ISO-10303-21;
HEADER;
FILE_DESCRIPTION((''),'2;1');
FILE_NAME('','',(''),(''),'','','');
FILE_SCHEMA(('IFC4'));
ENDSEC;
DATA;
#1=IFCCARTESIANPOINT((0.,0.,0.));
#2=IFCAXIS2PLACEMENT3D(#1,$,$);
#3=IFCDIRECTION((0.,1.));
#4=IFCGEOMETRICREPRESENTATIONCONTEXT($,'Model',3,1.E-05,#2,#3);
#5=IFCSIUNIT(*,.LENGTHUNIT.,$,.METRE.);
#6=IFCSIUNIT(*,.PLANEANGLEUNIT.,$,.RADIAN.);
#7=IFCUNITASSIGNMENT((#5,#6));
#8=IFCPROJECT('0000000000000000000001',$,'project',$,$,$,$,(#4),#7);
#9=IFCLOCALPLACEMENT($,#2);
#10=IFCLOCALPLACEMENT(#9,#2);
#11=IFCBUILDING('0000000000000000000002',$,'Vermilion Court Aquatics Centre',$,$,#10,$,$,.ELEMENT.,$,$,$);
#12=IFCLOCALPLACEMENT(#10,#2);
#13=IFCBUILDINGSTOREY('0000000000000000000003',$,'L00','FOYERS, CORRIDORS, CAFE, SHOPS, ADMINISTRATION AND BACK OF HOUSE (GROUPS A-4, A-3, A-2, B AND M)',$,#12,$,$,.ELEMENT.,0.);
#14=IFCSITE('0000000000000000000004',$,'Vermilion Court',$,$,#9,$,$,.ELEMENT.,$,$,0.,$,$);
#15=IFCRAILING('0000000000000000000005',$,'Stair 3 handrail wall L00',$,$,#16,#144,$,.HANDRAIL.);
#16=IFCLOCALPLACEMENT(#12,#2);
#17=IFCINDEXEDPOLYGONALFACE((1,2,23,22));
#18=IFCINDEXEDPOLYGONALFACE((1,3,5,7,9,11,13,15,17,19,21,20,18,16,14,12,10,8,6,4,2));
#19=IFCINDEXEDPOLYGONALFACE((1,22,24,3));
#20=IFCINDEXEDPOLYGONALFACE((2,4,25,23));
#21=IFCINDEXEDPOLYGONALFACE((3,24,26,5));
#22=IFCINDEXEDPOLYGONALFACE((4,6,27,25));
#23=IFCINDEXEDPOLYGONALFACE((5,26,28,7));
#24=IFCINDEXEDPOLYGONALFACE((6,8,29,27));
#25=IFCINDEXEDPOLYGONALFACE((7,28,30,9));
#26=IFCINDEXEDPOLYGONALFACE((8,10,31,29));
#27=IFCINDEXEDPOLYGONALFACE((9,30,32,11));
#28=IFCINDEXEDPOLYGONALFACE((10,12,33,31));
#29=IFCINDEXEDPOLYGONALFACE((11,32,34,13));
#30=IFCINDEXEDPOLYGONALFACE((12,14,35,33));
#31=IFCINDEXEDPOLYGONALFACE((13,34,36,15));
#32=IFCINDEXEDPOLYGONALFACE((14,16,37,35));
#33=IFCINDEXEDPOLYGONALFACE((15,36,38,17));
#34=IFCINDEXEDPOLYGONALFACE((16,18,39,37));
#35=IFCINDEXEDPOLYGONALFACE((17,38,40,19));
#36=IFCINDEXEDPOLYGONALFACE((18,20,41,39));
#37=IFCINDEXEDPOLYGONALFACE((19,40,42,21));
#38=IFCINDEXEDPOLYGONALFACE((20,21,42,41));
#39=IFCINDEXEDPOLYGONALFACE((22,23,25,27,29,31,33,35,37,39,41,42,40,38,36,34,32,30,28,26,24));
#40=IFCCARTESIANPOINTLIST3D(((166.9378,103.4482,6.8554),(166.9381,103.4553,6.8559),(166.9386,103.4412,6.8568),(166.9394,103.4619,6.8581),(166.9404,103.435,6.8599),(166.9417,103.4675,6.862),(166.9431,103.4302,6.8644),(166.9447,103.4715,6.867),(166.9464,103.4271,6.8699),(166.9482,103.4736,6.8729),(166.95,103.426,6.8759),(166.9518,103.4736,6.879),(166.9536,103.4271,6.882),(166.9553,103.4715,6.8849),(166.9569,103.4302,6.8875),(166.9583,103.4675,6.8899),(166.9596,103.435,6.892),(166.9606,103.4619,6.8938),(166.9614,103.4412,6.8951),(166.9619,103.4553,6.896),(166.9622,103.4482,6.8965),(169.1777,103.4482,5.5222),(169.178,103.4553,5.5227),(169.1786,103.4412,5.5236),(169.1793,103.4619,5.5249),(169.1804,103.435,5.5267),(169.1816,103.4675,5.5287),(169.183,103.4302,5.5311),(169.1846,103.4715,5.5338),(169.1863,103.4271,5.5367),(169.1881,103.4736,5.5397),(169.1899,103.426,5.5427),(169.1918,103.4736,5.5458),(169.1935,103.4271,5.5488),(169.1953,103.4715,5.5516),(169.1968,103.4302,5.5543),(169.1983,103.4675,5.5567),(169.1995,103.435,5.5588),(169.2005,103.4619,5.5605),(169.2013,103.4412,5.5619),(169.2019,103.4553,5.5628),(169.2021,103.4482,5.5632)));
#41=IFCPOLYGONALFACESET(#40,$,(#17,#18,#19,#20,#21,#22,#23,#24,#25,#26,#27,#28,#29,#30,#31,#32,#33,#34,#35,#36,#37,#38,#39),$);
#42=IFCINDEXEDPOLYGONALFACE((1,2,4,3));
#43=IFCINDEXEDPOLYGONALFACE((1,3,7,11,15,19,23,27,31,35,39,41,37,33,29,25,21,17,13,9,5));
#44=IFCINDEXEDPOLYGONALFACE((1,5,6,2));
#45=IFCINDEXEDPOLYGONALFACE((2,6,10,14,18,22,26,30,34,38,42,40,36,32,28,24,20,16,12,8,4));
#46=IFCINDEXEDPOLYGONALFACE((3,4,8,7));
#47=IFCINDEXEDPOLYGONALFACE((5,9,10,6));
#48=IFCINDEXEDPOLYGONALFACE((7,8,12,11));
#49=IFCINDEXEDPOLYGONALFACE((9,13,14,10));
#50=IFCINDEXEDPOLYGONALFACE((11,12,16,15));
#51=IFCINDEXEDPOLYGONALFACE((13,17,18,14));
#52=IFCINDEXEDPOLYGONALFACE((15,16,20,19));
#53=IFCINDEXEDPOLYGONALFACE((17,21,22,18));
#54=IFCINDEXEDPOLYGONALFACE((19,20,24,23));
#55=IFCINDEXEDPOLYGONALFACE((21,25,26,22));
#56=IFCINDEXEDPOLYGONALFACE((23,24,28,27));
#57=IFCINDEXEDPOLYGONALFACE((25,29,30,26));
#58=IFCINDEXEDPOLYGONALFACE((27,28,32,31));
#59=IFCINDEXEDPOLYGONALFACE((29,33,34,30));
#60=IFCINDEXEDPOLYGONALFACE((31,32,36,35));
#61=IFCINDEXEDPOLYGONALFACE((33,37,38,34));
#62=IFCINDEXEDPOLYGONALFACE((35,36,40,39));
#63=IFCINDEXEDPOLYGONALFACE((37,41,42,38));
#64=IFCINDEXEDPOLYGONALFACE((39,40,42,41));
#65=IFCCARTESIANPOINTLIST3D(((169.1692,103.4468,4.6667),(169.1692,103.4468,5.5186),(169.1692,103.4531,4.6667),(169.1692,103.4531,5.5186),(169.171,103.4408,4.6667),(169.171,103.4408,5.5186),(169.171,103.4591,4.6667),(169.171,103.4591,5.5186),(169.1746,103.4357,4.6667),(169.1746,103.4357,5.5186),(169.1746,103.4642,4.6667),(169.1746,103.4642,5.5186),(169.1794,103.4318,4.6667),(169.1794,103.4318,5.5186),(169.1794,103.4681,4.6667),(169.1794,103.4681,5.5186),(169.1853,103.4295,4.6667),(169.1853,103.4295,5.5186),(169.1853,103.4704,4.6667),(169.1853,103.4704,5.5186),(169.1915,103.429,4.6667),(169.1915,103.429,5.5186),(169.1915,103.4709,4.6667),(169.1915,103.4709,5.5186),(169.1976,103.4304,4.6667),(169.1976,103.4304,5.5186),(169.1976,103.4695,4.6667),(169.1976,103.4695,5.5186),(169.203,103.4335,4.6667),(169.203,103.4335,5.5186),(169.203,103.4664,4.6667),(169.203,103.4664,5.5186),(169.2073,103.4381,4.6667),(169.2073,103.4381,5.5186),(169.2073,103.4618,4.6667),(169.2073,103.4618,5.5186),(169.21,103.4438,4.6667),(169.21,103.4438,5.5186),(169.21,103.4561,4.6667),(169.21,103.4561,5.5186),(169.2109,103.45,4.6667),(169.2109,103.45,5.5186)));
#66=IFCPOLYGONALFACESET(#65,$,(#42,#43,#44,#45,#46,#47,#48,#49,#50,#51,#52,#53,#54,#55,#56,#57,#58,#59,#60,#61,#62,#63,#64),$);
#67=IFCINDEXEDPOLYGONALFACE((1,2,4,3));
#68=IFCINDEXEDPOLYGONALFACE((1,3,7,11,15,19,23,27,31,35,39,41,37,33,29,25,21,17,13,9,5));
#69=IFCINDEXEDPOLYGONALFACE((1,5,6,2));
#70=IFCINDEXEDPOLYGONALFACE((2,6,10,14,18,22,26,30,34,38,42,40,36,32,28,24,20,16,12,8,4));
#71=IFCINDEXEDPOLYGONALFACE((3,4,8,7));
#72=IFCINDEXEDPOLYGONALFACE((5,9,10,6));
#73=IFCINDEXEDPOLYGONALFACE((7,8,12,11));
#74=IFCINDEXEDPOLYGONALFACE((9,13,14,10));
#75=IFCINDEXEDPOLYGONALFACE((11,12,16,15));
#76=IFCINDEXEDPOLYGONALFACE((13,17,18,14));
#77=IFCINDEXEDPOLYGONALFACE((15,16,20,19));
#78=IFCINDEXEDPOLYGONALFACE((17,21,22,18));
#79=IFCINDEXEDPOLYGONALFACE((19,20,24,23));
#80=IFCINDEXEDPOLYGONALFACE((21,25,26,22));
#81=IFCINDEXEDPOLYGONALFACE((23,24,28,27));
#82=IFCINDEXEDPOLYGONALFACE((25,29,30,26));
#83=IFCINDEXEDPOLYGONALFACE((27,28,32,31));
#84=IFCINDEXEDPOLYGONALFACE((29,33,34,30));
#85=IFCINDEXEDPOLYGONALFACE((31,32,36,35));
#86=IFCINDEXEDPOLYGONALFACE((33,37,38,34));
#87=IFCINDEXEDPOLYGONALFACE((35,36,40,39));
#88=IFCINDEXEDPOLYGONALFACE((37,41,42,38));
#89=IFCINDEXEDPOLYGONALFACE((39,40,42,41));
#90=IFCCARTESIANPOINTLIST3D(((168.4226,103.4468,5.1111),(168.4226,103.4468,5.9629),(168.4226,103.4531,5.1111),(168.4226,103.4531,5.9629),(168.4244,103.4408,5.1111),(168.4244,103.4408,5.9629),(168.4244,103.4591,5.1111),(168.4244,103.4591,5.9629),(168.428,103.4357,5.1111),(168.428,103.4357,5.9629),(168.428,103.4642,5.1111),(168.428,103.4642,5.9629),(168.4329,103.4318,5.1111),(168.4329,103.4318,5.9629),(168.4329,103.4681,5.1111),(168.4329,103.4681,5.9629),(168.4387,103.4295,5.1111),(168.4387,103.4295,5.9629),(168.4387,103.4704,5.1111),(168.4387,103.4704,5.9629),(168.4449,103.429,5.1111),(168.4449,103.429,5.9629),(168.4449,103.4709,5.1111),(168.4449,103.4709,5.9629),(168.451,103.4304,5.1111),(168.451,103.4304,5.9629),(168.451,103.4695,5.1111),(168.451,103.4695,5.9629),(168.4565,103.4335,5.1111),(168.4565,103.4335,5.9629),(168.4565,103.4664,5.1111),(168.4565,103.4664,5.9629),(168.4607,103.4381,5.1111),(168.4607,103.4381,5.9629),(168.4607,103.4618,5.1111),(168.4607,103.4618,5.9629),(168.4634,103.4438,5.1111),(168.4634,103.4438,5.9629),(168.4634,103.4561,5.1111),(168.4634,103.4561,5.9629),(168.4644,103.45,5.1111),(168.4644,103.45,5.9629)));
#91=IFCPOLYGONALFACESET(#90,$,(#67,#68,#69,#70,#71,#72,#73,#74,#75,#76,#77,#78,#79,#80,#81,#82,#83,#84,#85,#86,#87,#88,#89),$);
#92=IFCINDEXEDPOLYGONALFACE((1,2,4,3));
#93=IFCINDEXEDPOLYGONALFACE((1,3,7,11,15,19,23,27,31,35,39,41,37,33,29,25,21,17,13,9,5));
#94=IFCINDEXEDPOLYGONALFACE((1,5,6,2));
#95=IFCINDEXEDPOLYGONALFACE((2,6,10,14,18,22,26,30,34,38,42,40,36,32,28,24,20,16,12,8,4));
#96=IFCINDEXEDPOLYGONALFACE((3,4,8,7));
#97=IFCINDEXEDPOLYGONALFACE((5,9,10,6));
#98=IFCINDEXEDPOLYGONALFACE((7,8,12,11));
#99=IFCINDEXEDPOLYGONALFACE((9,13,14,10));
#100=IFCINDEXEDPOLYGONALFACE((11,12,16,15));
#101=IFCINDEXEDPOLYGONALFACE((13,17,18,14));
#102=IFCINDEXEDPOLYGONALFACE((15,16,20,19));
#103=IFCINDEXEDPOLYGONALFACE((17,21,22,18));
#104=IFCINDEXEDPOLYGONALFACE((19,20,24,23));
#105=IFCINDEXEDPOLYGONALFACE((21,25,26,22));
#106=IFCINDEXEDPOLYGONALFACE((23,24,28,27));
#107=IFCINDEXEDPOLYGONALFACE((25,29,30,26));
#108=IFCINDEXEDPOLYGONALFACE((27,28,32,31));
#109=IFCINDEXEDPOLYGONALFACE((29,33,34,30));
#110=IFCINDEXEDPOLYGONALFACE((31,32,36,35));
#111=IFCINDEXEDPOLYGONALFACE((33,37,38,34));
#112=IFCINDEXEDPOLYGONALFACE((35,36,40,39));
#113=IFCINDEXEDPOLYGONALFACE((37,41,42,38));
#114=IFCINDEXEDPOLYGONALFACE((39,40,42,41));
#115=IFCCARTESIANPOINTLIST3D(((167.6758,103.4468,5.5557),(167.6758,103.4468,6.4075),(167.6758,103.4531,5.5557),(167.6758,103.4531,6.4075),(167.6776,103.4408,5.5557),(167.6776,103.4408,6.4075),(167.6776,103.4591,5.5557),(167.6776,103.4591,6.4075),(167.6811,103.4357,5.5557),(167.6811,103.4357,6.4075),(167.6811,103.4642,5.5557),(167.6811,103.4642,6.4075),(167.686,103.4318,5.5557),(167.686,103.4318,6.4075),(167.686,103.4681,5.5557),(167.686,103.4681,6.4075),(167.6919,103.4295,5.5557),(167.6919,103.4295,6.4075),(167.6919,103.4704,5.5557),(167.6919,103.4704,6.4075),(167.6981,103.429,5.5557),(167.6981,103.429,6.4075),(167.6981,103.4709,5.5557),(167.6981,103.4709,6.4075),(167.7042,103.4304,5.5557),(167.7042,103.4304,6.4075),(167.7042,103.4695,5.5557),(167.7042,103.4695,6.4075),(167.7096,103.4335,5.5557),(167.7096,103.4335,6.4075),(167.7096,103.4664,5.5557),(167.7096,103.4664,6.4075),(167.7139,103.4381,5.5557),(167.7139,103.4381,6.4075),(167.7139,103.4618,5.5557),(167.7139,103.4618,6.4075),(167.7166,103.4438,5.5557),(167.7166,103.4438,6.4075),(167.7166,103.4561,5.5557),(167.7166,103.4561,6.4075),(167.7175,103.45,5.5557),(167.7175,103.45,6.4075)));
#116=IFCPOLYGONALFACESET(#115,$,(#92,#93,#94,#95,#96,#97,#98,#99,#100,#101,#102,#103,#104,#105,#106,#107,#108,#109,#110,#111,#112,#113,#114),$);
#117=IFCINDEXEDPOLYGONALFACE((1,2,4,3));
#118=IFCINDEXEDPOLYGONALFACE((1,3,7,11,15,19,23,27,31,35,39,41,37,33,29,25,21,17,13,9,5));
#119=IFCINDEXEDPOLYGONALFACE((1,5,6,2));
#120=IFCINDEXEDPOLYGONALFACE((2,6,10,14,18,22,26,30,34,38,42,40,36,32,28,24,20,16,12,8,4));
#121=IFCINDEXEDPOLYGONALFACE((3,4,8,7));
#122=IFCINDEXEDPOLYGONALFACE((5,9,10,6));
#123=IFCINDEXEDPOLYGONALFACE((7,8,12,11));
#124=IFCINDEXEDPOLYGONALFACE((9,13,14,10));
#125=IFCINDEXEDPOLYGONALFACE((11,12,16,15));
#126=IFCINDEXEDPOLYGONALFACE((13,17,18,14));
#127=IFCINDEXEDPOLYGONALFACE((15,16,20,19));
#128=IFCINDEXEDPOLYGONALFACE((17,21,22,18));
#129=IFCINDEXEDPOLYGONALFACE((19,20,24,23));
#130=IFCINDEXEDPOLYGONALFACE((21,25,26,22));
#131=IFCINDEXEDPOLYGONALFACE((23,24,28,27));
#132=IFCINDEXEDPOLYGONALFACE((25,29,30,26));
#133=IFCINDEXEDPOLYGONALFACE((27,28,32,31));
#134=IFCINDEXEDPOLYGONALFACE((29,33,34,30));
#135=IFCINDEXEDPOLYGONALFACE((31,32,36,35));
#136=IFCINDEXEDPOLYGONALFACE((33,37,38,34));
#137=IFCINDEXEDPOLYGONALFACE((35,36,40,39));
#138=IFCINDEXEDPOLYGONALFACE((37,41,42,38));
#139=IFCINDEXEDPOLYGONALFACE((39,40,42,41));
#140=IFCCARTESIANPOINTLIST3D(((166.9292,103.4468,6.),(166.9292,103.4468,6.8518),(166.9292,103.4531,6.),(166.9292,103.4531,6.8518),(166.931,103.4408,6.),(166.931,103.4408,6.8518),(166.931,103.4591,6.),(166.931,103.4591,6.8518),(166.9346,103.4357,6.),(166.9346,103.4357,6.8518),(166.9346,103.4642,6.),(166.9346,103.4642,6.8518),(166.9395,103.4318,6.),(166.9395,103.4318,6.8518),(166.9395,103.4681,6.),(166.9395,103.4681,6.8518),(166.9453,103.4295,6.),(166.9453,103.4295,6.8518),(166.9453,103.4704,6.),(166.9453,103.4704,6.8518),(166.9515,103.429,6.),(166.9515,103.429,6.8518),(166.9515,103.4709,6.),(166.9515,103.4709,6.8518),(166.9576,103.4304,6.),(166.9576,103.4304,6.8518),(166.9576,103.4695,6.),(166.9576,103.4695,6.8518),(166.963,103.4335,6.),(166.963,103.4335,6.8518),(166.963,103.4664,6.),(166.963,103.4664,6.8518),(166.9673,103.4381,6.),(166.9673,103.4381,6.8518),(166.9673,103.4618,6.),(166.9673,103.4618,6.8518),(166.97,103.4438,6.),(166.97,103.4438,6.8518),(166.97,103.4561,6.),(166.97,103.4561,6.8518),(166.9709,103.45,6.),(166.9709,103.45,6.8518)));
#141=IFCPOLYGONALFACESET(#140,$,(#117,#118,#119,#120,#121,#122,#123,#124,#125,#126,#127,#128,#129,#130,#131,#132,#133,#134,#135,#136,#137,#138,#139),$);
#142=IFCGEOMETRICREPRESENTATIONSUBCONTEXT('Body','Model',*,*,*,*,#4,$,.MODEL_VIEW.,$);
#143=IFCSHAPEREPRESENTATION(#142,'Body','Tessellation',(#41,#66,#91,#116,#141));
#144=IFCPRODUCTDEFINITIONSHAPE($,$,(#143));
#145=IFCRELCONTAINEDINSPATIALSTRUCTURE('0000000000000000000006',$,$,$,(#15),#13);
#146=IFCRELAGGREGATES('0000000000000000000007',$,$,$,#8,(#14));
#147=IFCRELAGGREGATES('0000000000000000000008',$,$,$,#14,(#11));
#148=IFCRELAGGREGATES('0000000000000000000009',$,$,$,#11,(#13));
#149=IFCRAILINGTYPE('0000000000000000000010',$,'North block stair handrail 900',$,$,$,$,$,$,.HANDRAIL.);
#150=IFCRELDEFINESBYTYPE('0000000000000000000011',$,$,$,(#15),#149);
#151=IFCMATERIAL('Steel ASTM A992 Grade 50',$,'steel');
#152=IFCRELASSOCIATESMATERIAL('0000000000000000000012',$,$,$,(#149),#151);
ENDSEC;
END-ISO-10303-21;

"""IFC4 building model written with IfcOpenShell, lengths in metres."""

from ifc_helpers import new_model, si_unit, direction, frame, origin, origin_2d, place, context, subcontext, project, spatial, circle, extrude, material, type_object, element, save


model = new_model("IFC4")

# Units and contexts
model_context = context("Model", 3, precision=1e-05, world=origin(), true_north=direction((0.0, 1.0)))
body_context = subcontext(model_context, "Body", "Model", "MODEL_VIEW")
ifc_project = project(units=[si_unit("LENGTHUNIT", "METRE"), si_unit("PLANEANGLEUNIT", "RADIAN")], contexts=[model_context])

# Site, building, storey
site_placement = place(None, origin())
site = spatial("IfcSite", under=ifc_project, at=site_placement, Name="Vermilion Court", CompositionType="ELEMENT", RefElevation=0.0)
building_placement = place(site_placement, origin())
building = spatial("IfcBuilding", under=site, at=building_placement, Name="Vermilion Court Aquatics Centre", CompositionType="ELEMENT")
storey_placement = place(building_placement, origin())
storey = spatial("IfcBuildingStorey", under=building, at=storey_placement, Name="L00", Description="FOYERS, CORRIDORS, CAFE, SHOPS, ADMINISTRATION AND BACK OF HOUSE (GROUPS A-4, A-3, A-2, B AND M)", CompositionType="ELEMENT", Elevation=0.0)

# Railing
ifc_material_1 = material(Name="Steel ASTM A992 Grade 50", Category="steel")
railing_type_1 = type_object("IfcRailingType", Name="North block stair handrail 900", PredefinedType="HANDRAIL", material=ifc_material_1)
for number, where, name in (
    (1, (169.1899, 103.45, 4.6667), "Stair 3 handrail wall L00"),
):
    element("IfcRailing", number, at=place(storey_placement, frame(where)), inside=storey, type_object=railing_type_1, Name=name, PredefinedType="HANDRAIL", context=body_context, shape_type="SweptSolid", body=[
        extrude(circle(Radius=0.0239, at=origin_2d()), frame((0.0, 0.0, 0.876), z_axis=(-0.859306, 0.0, 0.511462), x_axis=(0.0, -1.0, 0.0)), (0.0, 0.0, 1.0), 2.6067),
        extrude(circle(Radius=0.021, at=origin_2d()), origin(), (0.0, 0.0, 1.0), 0.8518),
        extrude(circle(Radius=0.021, at=origin_2d()), frame((-0.7466, 0.0, 0.4443)), (0.0, 0.0, 1.0), 0.8518),
        extrude(circle(Radius=0.021, at=origin_2d()), frame((-1.4934, 0.0, 0.8889)), (0.0, 0.0, 1.0), 0.8518),
        extrude(circle(Radius=0.021, at=origin_2d()), frame((-2.24, 0.0, 1.3333)), (0.0, 0.0, 1.0), 0.8518),
    ])

save(model, "model.ifc")
